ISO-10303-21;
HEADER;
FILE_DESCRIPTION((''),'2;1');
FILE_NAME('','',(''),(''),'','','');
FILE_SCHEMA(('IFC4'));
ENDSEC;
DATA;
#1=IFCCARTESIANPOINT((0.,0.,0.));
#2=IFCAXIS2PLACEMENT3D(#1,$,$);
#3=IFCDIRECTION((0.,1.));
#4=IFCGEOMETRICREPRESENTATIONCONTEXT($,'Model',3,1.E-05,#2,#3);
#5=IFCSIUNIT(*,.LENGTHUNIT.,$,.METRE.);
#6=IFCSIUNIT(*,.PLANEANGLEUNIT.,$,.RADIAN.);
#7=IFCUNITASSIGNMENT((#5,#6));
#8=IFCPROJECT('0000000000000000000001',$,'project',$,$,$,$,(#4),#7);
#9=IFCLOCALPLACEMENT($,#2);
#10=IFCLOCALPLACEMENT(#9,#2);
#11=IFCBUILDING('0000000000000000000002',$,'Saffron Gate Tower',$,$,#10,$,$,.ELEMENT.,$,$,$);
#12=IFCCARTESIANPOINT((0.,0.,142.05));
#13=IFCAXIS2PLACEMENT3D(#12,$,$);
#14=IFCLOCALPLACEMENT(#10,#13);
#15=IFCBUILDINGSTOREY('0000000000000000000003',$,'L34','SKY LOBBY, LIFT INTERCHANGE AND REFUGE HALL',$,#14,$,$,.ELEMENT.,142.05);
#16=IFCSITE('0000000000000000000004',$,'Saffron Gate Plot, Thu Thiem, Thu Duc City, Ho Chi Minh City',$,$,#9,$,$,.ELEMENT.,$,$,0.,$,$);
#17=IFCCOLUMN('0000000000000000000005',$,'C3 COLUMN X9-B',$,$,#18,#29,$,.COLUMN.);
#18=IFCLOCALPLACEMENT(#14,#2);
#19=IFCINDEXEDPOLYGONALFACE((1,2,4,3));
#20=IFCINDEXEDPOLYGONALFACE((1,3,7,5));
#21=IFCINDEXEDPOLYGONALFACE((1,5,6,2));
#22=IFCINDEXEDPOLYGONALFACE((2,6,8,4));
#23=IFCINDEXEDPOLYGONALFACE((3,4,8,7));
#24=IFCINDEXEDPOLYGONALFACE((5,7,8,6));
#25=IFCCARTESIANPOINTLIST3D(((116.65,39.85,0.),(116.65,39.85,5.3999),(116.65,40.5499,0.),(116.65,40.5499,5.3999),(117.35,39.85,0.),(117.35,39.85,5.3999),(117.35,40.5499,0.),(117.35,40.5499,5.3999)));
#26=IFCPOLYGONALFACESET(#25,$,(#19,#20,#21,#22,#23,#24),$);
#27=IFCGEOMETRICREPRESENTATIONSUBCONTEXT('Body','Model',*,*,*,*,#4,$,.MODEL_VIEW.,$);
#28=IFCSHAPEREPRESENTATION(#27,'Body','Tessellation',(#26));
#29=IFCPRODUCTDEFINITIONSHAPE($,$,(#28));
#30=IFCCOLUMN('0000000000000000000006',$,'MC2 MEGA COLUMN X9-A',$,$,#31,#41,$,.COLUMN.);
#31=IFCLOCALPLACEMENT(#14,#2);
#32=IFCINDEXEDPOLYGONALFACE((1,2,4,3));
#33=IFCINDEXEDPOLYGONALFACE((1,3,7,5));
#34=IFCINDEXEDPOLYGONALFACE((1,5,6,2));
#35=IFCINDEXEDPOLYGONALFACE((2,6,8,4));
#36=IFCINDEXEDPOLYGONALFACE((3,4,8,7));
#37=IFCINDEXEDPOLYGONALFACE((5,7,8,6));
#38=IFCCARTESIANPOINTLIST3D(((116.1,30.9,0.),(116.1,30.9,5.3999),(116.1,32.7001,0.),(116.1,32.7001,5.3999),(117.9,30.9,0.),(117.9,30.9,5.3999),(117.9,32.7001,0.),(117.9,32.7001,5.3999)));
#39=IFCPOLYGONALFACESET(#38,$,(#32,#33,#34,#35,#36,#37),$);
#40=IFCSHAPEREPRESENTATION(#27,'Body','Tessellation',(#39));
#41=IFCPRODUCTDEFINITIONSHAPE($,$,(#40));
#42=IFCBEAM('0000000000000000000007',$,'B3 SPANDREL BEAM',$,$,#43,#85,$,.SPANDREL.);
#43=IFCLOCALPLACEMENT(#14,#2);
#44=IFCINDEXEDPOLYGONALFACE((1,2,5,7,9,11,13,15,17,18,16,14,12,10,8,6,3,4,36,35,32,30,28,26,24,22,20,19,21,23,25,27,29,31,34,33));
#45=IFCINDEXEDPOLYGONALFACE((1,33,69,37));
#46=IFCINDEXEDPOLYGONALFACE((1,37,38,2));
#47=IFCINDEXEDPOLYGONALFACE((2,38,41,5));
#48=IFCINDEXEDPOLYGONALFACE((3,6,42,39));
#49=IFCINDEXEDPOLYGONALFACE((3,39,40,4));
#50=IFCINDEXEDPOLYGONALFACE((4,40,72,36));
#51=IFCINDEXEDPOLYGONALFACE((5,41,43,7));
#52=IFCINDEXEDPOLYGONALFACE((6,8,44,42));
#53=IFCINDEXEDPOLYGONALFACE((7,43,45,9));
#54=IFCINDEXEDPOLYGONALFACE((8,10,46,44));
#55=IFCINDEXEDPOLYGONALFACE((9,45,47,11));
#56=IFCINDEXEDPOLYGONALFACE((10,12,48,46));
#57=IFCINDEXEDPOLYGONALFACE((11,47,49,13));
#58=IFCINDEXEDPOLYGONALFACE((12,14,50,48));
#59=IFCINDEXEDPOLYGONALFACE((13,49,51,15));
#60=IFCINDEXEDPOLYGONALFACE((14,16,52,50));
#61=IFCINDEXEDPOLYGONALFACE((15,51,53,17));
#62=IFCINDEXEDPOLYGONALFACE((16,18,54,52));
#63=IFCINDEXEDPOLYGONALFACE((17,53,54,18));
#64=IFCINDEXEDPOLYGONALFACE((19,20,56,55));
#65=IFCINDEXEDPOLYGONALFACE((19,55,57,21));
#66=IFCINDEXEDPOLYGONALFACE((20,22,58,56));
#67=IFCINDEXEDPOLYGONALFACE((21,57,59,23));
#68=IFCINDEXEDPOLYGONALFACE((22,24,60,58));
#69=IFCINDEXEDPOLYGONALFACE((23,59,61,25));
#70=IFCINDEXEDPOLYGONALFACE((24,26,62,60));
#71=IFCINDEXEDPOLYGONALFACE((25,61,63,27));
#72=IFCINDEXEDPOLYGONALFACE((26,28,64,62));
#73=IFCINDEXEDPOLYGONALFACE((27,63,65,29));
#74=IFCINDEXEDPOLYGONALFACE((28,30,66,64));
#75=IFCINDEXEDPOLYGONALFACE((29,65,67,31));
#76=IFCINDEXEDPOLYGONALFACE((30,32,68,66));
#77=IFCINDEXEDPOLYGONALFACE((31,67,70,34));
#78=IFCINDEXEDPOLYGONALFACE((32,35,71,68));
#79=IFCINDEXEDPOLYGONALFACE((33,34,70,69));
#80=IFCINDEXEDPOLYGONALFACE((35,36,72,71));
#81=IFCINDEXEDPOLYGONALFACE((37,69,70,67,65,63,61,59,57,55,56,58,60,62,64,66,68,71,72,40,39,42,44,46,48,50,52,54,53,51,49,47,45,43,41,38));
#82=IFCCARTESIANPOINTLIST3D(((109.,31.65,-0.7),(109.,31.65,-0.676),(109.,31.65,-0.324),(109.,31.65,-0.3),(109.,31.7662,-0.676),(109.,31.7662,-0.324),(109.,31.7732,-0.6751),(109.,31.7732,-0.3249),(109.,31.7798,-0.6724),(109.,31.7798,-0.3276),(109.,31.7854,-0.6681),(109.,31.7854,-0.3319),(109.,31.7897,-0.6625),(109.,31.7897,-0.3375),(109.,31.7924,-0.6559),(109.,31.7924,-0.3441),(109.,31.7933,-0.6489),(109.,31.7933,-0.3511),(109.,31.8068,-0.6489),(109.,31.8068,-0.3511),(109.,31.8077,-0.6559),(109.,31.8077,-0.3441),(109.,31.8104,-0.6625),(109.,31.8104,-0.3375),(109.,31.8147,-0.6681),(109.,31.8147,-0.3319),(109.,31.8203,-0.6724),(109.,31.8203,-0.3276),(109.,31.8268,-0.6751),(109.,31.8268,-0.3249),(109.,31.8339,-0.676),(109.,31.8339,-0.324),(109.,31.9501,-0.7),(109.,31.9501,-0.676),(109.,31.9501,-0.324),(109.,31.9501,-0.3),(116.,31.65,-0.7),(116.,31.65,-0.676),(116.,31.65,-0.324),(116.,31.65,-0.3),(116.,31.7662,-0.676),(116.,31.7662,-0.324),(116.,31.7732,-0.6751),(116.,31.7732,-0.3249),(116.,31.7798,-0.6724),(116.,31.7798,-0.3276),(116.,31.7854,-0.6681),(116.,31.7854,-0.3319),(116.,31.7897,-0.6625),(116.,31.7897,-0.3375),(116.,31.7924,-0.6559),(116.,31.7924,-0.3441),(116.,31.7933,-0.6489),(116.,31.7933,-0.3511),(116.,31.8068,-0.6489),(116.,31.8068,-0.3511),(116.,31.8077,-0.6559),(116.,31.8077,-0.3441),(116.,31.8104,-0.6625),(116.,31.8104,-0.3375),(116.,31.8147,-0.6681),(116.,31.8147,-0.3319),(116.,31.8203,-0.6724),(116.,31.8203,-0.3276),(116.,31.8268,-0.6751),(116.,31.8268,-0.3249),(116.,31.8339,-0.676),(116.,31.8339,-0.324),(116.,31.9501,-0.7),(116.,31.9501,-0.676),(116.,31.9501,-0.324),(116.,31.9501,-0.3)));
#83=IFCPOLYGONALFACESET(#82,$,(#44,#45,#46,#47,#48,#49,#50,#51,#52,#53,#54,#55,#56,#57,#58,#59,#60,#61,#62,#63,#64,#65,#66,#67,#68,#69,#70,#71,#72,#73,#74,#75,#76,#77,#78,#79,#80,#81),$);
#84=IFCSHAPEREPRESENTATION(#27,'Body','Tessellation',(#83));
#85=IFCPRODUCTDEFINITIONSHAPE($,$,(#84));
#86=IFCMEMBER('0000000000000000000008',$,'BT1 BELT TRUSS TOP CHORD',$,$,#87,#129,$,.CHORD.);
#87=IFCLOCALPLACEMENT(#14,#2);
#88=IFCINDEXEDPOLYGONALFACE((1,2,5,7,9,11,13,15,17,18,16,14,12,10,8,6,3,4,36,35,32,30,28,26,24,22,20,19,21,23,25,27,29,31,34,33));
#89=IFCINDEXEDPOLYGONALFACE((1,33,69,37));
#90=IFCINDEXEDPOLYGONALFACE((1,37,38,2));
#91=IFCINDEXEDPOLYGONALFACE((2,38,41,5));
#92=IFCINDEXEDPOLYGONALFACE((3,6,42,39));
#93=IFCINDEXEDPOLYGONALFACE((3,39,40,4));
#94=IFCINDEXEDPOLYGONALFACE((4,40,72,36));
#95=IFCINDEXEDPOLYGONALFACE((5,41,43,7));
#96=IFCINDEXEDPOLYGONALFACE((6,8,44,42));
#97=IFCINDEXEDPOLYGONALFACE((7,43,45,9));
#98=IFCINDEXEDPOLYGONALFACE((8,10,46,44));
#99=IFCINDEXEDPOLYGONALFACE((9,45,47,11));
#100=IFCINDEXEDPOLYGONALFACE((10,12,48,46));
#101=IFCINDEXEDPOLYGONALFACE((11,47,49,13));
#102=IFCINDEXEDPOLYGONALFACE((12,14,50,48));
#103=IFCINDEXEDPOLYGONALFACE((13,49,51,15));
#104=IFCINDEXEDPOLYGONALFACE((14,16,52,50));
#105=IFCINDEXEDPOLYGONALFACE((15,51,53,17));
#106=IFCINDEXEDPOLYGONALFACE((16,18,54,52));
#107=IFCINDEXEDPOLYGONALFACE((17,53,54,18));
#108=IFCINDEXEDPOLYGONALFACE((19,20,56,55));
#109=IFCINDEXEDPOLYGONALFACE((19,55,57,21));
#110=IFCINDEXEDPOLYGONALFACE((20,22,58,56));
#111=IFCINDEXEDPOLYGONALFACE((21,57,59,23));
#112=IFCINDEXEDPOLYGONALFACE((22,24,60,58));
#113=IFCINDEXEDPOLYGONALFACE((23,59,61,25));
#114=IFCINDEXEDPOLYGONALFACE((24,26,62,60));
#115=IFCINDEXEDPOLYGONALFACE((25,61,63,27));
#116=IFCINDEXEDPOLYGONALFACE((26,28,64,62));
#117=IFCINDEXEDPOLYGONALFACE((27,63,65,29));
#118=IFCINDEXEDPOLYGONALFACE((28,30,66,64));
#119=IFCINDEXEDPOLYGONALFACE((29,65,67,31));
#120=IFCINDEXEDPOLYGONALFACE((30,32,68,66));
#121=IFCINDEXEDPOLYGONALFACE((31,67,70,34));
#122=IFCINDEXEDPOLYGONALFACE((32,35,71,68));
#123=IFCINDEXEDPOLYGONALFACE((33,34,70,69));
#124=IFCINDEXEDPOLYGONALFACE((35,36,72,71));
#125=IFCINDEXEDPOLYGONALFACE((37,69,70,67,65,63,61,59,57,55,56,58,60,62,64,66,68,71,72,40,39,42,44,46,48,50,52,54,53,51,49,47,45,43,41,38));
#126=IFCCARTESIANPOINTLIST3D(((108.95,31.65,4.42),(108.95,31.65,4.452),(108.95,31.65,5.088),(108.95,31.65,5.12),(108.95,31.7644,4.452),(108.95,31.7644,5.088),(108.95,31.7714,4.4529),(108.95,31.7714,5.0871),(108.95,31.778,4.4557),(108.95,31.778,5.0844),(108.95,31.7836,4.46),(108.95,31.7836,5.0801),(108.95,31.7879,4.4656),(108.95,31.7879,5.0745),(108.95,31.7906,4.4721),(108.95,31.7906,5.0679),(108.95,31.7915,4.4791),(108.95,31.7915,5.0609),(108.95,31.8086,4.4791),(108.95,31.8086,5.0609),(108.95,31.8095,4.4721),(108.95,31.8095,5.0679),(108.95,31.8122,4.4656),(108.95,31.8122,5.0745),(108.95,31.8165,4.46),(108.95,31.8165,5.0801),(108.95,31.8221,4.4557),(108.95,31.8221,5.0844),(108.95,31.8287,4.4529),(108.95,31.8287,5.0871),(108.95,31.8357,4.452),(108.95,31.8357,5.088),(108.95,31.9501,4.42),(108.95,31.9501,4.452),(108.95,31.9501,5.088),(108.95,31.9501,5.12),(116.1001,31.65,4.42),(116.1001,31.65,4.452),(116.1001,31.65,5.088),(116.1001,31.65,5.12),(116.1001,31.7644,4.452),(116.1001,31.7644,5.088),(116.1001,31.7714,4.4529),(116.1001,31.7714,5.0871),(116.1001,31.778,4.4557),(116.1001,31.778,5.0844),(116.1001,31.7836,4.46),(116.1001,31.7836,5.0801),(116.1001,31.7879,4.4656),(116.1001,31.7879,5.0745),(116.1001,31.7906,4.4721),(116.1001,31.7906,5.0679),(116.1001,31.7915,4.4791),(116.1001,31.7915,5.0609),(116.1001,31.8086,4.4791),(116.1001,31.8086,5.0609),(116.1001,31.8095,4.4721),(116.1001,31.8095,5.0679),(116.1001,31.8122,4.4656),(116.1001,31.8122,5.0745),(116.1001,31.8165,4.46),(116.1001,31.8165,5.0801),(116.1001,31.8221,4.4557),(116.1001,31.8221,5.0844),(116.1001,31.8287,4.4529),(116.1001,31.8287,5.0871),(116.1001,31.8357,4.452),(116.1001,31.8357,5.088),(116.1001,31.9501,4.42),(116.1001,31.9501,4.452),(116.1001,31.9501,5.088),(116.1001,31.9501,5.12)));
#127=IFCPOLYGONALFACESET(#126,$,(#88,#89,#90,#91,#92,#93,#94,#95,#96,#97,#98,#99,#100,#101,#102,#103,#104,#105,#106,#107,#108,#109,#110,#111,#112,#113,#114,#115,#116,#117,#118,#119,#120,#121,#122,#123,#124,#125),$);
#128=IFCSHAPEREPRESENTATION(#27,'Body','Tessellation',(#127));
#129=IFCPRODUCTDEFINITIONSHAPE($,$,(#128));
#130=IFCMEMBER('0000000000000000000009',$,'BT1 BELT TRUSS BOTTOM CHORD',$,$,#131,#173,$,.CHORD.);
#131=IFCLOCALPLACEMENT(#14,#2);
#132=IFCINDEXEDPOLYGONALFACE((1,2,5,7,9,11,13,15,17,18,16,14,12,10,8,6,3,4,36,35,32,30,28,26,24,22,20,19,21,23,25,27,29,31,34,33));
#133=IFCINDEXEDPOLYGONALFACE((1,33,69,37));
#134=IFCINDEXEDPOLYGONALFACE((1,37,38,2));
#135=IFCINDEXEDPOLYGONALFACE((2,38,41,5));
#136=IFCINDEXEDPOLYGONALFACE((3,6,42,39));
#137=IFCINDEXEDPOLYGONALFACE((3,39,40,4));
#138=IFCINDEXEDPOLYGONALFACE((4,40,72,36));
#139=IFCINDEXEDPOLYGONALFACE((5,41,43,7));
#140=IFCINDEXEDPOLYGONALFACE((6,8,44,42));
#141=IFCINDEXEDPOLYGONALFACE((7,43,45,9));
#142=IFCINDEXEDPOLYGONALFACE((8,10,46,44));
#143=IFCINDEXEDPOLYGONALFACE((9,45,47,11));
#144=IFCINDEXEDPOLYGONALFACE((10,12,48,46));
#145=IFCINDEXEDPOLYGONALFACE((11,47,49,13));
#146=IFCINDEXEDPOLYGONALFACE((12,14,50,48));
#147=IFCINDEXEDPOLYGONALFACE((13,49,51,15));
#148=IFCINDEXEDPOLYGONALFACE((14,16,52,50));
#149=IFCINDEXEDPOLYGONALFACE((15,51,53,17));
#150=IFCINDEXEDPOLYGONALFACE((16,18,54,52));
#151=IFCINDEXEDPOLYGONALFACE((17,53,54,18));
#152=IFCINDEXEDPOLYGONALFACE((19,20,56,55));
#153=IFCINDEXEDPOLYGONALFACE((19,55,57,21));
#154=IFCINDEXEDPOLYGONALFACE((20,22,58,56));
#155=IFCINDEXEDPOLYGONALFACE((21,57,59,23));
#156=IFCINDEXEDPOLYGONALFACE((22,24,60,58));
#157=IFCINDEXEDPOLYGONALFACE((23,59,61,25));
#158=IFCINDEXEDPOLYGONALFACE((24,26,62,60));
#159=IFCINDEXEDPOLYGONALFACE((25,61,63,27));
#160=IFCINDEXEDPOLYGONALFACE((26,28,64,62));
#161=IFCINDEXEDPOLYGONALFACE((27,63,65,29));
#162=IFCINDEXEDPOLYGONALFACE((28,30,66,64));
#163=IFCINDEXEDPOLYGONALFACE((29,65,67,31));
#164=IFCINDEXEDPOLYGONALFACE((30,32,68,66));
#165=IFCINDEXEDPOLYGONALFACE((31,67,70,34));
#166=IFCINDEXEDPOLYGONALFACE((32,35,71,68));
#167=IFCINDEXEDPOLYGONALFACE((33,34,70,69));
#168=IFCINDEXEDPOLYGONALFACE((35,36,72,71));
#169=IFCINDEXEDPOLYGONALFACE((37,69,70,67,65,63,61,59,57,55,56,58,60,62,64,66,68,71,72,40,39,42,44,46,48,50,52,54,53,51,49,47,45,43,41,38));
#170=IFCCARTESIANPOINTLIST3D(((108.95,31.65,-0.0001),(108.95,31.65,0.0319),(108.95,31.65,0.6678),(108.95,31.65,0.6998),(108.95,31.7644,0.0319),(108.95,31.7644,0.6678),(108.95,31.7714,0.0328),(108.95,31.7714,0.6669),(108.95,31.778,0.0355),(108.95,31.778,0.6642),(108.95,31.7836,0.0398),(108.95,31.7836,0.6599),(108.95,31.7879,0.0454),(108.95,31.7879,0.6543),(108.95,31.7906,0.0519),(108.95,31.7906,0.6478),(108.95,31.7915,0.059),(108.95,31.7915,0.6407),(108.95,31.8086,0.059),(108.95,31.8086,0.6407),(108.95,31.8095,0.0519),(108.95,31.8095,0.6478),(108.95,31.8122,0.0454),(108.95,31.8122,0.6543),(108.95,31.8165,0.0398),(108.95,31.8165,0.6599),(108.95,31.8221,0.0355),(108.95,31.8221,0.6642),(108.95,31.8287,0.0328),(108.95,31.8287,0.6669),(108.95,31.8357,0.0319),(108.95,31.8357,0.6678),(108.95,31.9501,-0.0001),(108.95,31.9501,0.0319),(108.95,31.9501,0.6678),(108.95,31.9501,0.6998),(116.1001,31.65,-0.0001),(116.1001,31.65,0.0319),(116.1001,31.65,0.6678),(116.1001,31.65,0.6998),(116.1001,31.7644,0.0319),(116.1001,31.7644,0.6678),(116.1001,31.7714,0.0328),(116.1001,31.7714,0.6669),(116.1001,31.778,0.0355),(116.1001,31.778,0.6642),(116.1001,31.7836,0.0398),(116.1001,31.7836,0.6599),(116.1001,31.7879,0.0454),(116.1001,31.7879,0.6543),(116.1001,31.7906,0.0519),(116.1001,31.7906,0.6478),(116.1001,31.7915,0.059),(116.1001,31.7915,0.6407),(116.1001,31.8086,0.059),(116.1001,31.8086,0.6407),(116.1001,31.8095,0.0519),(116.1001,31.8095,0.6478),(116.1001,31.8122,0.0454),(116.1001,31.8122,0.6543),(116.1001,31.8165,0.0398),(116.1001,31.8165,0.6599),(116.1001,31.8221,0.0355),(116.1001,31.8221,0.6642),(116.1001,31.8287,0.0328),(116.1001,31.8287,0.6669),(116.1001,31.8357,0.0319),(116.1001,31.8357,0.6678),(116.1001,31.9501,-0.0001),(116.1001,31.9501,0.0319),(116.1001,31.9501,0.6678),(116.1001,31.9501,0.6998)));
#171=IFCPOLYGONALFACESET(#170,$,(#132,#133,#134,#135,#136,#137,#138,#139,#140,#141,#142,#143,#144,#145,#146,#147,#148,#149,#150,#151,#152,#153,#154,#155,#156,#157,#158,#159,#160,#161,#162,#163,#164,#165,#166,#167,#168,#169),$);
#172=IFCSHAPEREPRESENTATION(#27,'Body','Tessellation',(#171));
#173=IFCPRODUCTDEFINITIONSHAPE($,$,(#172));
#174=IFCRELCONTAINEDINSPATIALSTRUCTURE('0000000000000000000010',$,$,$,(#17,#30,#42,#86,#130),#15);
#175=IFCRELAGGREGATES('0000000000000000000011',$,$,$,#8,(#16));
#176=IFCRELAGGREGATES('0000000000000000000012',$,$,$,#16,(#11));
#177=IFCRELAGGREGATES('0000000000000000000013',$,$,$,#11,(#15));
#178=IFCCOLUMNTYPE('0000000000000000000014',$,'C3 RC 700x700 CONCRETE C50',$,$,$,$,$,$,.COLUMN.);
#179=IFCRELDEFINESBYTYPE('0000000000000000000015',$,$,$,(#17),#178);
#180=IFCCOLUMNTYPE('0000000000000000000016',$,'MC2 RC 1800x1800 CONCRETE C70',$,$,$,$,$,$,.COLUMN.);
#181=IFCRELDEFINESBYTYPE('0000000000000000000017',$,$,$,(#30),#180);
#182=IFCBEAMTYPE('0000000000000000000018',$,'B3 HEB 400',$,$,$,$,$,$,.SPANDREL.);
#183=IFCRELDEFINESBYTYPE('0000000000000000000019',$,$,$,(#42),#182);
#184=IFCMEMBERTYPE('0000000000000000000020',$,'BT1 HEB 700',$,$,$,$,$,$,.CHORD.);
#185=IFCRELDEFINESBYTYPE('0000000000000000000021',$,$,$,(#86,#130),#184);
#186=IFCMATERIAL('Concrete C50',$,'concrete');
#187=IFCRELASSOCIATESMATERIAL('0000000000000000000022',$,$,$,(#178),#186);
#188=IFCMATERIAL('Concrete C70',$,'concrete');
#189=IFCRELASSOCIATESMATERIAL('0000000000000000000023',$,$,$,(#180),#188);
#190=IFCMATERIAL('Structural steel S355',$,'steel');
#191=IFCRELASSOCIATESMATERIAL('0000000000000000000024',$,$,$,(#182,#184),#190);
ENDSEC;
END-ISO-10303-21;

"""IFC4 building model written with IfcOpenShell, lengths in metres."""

from ifc_helpers import new_model, si_unit, direction, frame, origin, origin_2d, place, context, subcontext, project, spatial, rectangle, i_section, extrude, material, material_profile, profile_set, type_object, element, save


model = new_model("IFC4")

# Units and contexts
model_context = context("Model", 3, precision=1e-05, world=origin(), true_north=direction((0.0, 1.0)))
body_context = subcontext(model_context, "Body", "Model", "MODEL_VIEW")
ifc_project = project(units=[si_unit("LENGTHUNIT", "METRE"), si_unit("PLANEANGLEUNIT", "RADIAN")], contexts=[model_context])

# Site, building, storey
site_placement = place(None, origin())
site = spatial("IfcSite", under=ifc_project, at=site_placement, Name="Saffron Gate Plot, Thu Thiem, Thu Duc City, Ho Chi Minh City", CompositionType="ELEMENT", RefElevation=0.0)
building_placement = place(site_placement, origin())
building = spatial("IfcBuilding", under=site, at=building_placement, Name="Saffron Gate Tower", CompositionType="ELEMENT")
storey_placement = place(building_placement, frame((0.0, 0.0, 142.05)))
storey = spatial("IfcBuildingStorey", under=building, at=storey_placement, Name="L34", Description="SKY LOBBY, LIFT INTERCHANGE AND REFUGE HALL", CompositionType="ELEMENT", Elevation=142.05)

# Columns
ifc_material_1 = material(Name="Concrete C50", Category="concrete")
ifc_material_profile_1 = material_profile(ifc_material_1, rectangle(XDim=0.7, YDim=0.7, at=origin_2d()))
ifc_profile_set_1 = profile_set([ifc_material_profile_1], Name="Concrete C50")
column_type_1 = type_object("IfcColumnType", Name="C3 RC 700x700 CONCRETE C50", PredefinedType="COLUMN", material=ifc_profile_set_1)
column_1_placement = place(storey_placement, frame((117.0, 40.2, 0.0), z_axis=(0.0, 0.0, 1.0), x_axis=(1.0, 0.0, 0.0)))
element("IfcColumn", 1, at=column_1_placement, inside=storey, type_object=column_type_1, Name="C3 COLUMN X9-B", PredefinedType="COLUMN", context=body_context, shape_type="SweptSolid", body=[
    extrude(rectangle(XDim=0.7, YDim=0.7, at=origin_2d()), origin(), (0.0, 0.0, 1.0), 5.3999),
])
ifc_material_2 = material(Name="Concrete C70", Category="concrete")
ifc_material_profile_2 = material_profile(ifc_material_2, rectangle(XDim=1.8, YDim=1.8, at=origin_2d()))
ifc_profile_set_2 = profile_set([ifc_material_profile_2], Name="Concrete C70")
column_type_2 = type_object("IfcColumnType", Name="MC2 RC 1800x1800 CONCRETE C70", PredefinedType="COLUMN", material=ifc_profile_set_2)
column_2_placement = place(storey_placement, frame((117.0, 31.8, 0.0), z_axis=(0.0, 0.0, 1.0), x_axis=(1.0, 0.0, 0.0)))
element("IfcColumn", 2, at=column_2_placement, inside=storey, type_object=column_type_2, Name="MC2 MEGA COLUMN X9-A", PredefinedType="COLUMN", context=body_context, shape_type="SweptSolid", body=[
    extrude(rectangle(XDim=1.8, YDim=1.8, at=origin_2d()), origin(), (0.0, 0.0, 1.0), 5.3999),
])

# Beam
ifc_material_3 = material(Name="Structural steel S355", Category="steel")
ifc_material_profile_3 = material_profile(ifc_material_3, i_section(OverallWidth=0.3, OverallDepth=0.3999, WebThickness=0.0134, FlangeThickness=0.0239, FilletRadius=0.0271, at=origin_2d()))
ifc_profile_set_3 = profile_set([ifc_material_profile_3], Name="Structural steel S355")
beam_type = type_object("IfcBeamType", Name="B3 HEB 400", PredefinedType="SPANDREL", material=ifc_profile_set_3)
beam_placement = place(storey_placement, frame((109.0, 31.8, -0.5), z_axis=(1.0, 0.0, 0.0), x_axis=(0.0, 1.0, 0.0)))
element("IfcBeam", 3, at=beam_placement, inside=storey, type_object=beam_type, Name="B3 SPANDREL BEAM", PredefinedType="SPANDREL", context=body_context, shape_type="SweptSolid", body=[
    extrude(i_section(OverallWidth=0.3, OverallDepth=0.3999, WebThickness=0.0134, FlangeThickness=0.0239, FilletRadius=0.0271, at=origin_2d()), origin(), (0.0, 0.0, 1.0), 7.0),
])

# Members
ifc_material_profile_4 = material_profile(ifc_material_3, i_section(OverallWidth=0.3, OverallDepth=0.7, WebThickness=0.0171, FlangeThickness=0.032, FilletRadius=0.0271, at=origin_2d()))
ifc_profile_set_4 = profile_set([ifc_material_profile_4], Name="Structural steel S355")
member_type_1 = type_object("IfcMemberType", Name="BT1 HEB 700", PredefinedType="CHORD", material=ifc_profile_set_4)
for number, where, z_axis, x_axis, name in (
    (4, (108.95, 31.8, 4.77), (1.0, 0.0, 0.0), (0.0, 1.0, 0.0), "BT1 BELT TRUSS TOP CHORD"),
    (5, (108.95, 31.8, 0.3499), (1.0, 0.0, 0.0), (0.0, 1.0, 0.0), "BT1 BELT TRUSS BOTTOM CHORD"),
):
    element("IfcMember", number, at=place(storey_placement, frame(where, z_axis=z_axis, x_axis=x_axis)), inside=storey, type_object=member_type_1, Name=name, PredefinedType="CHORD", context=body_context, shape_type="SweptSolid", body=[
        extrude(i_section(OverallWidth=0.3, OverallDepth=0.7, WebThickness=0.0171, FlangeThickness=0.032, FilletRadius=0.0271, at=origin_2d()), origin(), (0.0, 0.0, 1.0), 7.1501),
    ])

save(model, "model.ifc")
